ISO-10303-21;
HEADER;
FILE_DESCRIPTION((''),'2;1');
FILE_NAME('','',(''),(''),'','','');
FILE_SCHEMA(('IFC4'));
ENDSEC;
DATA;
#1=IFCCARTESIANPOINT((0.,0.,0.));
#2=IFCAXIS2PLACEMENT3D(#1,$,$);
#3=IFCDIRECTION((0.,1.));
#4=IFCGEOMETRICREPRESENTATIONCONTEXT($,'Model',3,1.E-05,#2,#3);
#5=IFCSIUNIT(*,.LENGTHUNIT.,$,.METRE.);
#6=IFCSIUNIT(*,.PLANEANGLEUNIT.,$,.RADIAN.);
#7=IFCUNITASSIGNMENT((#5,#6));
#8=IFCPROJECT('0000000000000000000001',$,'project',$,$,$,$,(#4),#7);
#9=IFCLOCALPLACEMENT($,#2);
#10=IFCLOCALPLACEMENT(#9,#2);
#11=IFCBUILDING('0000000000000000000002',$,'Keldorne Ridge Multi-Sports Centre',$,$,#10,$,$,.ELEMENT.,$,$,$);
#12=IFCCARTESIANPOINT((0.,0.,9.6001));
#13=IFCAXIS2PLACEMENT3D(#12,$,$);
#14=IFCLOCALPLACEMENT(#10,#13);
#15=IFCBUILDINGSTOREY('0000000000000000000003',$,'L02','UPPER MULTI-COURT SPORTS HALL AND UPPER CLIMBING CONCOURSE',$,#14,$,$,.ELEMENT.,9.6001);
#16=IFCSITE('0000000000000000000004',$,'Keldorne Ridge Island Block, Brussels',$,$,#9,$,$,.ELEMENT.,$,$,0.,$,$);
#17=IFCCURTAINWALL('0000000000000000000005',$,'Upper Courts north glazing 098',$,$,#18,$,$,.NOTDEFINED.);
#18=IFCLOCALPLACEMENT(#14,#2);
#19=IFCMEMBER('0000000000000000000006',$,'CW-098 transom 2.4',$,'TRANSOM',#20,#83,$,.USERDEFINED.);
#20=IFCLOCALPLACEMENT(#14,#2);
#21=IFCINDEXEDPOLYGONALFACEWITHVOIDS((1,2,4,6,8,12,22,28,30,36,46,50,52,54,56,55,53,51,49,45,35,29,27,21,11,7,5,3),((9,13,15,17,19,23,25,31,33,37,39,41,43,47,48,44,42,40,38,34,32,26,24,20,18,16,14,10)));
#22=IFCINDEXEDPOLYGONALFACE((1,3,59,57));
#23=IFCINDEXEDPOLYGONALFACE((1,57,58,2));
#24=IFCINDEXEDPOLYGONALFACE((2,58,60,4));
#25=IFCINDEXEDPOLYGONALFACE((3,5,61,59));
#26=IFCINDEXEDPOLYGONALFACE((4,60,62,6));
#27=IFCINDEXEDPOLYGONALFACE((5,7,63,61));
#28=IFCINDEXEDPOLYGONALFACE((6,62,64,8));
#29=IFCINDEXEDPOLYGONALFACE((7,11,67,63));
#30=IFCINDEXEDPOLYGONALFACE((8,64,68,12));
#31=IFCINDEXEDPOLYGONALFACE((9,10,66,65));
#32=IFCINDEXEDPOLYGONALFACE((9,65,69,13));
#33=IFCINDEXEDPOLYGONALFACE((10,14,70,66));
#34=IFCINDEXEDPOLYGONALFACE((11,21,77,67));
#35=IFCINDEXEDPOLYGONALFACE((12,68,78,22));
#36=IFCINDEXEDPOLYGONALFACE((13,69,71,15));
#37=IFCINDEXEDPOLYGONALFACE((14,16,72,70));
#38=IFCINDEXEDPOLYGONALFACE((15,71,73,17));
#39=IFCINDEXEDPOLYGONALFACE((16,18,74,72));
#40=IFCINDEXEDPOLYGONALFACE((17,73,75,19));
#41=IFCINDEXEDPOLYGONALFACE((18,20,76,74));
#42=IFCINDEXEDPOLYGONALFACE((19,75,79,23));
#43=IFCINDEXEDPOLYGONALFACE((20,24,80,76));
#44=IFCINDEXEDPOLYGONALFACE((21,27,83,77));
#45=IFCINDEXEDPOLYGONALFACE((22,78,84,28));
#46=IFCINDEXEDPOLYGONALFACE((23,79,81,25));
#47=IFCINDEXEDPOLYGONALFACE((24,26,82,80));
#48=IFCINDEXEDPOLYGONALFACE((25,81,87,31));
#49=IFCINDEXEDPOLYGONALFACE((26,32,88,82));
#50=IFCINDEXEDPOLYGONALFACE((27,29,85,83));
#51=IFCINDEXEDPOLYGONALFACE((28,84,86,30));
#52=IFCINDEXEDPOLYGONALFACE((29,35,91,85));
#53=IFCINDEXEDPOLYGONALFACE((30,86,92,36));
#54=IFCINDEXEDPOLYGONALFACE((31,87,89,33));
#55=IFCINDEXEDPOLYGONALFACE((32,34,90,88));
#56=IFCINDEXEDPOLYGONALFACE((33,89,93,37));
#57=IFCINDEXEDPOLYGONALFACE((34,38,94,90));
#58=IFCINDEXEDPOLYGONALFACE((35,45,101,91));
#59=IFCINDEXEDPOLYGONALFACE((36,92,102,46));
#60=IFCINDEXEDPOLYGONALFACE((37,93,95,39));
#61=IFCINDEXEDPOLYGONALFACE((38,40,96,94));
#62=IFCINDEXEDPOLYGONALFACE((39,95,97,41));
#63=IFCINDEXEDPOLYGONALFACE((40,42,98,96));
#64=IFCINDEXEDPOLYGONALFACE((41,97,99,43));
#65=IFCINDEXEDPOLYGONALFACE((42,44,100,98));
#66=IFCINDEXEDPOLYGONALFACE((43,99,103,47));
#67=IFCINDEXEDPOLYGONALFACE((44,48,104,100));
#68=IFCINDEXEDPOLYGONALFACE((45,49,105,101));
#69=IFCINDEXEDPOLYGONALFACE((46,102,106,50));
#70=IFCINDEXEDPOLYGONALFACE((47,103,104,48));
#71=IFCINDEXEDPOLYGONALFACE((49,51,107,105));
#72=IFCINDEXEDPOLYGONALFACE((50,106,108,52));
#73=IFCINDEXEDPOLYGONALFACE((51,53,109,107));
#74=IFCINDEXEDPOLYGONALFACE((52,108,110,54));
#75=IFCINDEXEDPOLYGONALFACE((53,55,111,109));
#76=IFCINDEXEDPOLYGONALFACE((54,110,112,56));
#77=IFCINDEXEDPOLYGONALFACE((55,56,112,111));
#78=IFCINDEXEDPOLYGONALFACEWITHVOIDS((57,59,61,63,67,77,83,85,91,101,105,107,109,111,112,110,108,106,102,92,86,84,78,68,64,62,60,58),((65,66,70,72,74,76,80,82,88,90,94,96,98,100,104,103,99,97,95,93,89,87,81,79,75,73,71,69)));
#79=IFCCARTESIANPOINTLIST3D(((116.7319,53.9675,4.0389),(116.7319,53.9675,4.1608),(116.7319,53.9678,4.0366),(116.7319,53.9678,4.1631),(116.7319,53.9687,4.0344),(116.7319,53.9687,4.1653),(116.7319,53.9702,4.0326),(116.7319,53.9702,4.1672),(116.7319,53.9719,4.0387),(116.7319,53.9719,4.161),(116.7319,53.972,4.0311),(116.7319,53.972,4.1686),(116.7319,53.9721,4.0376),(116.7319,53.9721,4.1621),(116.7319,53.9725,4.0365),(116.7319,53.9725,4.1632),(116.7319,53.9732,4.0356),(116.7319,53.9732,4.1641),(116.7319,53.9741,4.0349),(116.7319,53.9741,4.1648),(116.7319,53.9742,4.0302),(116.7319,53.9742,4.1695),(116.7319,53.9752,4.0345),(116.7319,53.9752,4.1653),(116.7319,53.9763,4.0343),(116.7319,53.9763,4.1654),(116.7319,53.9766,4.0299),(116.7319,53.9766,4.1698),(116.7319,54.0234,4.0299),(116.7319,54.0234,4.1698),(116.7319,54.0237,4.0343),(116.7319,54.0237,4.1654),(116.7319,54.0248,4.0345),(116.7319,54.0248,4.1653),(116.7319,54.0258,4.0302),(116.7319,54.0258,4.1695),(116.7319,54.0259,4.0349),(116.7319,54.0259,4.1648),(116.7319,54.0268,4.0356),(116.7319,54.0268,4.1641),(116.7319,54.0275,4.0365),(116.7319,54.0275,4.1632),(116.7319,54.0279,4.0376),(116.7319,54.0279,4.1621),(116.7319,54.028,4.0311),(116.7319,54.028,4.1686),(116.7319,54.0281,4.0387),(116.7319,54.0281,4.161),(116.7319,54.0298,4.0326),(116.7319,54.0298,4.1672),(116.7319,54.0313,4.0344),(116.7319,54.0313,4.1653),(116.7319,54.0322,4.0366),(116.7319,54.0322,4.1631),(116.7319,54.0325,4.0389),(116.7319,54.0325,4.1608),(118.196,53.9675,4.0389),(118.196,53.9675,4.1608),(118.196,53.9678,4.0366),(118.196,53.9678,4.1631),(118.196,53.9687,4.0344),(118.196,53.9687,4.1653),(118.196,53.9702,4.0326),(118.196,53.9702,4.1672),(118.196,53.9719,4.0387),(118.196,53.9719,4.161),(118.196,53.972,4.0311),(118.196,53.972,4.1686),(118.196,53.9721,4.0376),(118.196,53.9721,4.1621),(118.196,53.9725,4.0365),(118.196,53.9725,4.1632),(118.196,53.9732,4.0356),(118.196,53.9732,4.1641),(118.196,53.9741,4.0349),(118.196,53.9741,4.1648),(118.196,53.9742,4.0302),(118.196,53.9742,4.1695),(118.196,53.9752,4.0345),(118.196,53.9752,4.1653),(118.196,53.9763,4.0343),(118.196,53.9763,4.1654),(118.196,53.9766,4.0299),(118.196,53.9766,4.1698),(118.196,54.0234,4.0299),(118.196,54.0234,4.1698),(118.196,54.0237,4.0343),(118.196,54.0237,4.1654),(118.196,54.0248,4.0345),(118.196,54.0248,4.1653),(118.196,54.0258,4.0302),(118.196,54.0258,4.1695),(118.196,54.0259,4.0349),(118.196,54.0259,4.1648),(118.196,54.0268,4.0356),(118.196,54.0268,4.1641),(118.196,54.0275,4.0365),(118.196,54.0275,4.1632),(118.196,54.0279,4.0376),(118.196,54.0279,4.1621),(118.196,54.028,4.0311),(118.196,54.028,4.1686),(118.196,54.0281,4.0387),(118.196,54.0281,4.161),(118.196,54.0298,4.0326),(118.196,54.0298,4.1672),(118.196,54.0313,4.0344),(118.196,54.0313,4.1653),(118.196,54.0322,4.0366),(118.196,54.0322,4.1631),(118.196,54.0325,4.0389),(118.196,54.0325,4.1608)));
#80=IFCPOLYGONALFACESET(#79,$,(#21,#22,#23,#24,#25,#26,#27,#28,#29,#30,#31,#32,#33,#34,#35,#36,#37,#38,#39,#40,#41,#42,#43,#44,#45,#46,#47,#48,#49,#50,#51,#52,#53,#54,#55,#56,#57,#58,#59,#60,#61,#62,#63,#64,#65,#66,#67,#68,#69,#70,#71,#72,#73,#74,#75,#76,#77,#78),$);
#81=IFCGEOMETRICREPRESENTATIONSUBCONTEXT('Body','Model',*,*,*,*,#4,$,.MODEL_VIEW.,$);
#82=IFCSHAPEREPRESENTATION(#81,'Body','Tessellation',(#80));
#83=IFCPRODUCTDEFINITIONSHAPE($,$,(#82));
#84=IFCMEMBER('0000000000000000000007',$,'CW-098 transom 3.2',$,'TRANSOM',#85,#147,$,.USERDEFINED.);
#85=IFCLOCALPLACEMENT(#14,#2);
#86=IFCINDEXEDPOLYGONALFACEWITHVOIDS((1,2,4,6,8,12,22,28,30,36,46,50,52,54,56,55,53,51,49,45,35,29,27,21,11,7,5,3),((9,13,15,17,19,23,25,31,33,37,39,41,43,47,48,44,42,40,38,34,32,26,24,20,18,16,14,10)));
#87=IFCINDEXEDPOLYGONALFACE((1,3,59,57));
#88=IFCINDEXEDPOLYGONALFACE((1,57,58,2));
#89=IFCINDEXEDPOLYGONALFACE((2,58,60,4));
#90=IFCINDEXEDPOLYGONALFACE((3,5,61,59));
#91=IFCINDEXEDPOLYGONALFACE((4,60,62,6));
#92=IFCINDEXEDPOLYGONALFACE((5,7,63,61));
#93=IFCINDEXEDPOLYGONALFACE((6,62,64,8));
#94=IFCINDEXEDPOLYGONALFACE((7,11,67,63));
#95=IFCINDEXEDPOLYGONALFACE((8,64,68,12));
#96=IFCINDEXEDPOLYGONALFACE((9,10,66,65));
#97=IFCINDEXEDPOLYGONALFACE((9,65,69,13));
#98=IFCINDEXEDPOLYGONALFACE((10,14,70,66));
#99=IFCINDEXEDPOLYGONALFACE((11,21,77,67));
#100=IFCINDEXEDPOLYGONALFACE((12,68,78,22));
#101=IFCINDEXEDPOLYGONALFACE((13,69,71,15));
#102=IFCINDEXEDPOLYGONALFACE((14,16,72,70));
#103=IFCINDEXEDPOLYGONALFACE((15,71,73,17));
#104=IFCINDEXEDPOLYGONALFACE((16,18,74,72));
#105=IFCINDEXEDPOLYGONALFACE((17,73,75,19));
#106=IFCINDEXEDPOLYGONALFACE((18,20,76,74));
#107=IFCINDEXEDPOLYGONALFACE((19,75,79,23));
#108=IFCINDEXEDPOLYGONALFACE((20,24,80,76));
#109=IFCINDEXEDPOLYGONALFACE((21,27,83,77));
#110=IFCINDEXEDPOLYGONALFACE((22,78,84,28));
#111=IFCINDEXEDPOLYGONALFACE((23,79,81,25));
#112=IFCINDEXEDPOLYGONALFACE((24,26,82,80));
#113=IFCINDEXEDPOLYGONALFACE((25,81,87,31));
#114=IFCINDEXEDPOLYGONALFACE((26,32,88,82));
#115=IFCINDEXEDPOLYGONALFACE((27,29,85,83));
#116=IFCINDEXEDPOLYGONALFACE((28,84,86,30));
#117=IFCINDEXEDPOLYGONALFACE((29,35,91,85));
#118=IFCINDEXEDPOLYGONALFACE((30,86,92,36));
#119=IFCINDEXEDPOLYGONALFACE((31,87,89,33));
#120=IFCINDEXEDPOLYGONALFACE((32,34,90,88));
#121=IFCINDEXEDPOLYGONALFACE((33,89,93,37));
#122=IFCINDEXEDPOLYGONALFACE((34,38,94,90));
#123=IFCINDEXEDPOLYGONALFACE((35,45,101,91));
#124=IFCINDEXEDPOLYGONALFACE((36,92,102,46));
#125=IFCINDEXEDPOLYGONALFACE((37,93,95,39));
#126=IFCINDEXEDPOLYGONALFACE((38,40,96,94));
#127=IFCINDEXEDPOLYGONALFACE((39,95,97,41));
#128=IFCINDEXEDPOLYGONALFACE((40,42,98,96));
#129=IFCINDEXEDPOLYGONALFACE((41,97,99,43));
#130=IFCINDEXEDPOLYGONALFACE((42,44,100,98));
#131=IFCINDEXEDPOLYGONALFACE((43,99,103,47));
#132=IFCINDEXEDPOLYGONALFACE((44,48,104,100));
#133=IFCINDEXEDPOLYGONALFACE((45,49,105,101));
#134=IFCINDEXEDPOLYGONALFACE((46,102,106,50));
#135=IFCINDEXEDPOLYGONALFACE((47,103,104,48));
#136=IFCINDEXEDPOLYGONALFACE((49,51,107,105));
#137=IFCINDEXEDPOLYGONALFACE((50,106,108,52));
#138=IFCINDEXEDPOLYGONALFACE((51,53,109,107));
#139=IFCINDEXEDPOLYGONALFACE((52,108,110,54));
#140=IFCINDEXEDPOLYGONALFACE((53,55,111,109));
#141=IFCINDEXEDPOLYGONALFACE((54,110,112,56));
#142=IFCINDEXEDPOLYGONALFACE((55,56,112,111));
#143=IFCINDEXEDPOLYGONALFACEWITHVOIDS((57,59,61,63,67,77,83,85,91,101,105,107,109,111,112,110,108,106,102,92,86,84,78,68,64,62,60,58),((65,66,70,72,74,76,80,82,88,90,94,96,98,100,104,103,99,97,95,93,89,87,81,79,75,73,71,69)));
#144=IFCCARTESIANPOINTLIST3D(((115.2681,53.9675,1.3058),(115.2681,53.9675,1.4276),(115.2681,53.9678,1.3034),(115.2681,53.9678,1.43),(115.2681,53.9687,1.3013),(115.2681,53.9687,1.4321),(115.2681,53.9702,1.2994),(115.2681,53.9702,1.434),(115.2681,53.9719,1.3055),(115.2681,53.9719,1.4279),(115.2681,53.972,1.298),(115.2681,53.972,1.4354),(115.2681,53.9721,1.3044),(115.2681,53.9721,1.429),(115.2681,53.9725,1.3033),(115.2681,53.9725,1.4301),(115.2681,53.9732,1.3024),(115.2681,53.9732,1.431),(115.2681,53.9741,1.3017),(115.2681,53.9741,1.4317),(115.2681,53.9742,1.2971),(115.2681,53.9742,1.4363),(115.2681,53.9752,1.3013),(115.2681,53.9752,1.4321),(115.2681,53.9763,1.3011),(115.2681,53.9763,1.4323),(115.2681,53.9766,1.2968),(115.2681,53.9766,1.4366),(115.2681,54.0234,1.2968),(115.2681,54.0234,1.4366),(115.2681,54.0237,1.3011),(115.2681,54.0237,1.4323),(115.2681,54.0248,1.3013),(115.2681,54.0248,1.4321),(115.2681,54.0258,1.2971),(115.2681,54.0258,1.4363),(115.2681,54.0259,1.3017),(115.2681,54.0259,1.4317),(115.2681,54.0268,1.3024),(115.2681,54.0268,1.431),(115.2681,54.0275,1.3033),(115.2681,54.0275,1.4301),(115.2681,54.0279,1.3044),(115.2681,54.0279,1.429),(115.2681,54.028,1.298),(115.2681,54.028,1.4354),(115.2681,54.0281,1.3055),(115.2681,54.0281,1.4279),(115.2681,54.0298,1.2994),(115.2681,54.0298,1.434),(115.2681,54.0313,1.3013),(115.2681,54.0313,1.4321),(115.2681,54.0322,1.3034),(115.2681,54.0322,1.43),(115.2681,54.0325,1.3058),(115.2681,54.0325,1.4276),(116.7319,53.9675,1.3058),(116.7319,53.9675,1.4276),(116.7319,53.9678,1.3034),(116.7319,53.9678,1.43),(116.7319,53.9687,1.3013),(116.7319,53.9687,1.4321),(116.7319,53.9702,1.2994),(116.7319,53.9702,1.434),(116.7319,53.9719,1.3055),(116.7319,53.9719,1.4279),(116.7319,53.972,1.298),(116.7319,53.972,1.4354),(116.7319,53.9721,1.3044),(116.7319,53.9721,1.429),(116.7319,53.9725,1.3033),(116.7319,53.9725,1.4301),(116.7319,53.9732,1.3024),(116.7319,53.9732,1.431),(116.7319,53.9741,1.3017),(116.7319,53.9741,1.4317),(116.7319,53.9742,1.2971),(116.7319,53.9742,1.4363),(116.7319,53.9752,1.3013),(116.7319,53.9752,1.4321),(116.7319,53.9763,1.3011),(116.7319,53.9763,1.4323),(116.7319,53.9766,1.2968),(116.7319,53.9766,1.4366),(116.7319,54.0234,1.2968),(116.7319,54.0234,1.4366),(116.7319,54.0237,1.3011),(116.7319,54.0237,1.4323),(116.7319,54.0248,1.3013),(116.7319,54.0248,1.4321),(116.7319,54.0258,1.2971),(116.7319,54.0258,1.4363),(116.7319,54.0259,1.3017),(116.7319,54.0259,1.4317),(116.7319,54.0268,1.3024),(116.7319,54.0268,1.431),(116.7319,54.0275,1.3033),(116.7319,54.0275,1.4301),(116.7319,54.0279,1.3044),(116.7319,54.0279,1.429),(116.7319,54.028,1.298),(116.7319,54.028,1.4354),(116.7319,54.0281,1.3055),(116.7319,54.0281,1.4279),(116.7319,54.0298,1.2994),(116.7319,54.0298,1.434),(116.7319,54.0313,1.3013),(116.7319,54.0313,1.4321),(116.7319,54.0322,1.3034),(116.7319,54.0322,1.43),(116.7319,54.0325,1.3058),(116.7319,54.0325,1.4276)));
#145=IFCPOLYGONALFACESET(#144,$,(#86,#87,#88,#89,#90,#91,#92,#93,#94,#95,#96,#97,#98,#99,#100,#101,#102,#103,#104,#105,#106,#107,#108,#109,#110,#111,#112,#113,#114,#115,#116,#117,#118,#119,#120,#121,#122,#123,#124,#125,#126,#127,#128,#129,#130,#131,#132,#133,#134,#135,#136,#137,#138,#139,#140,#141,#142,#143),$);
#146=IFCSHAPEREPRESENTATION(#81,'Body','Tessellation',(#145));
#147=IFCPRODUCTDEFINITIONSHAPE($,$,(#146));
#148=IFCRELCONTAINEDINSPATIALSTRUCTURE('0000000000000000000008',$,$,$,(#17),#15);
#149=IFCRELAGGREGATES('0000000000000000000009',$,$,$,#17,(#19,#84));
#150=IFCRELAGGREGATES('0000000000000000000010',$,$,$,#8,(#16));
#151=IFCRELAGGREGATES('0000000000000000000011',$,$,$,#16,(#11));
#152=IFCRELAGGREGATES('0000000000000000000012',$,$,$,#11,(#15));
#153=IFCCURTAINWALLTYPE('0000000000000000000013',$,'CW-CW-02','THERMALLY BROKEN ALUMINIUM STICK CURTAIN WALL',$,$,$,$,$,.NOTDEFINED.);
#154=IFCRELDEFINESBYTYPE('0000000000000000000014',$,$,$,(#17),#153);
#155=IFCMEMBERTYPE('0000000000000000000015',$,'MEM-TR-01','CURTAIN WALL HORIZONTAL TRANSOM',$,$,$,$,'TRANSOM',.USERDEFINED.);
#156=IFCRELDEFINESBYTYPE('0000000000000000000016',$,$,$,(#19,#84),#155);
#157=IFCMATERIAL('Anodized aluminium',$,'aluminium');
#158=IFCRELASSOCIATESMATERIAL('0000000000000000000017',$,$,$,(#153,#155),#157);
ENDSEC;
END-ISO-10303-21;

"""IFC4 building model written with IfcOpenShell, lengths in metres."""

from ifc_helpers import new_model, si_unit, direction, frame, origin, origin_2d, place, context, subcontext, project, spatial, hollow_rectangle, extrude, material, material_profile, profile_set, type_object, element, aggregate, save


model = new_model("IFC4")

# Units and contexts
model_context = context("Model", 3, precision=1e-05, world=origin(), true_north=direction((0.0, 1.0)))
body_context = subcontext(model_context, "Body", "Model", "MODEL_VIEW")
ifc_project = project(units=[si_unit("LENGTHUNIT", "METRE"), si_unit("PLANEANGLEUNIT", "RADIAN")], contexts=[model_context])

# Site, building, storey
site_placement = place(None, origin())
site = spatial("IfcSite", under=ifc_project, at=site_placement, Name="Keldorne Ridge Island Block, Brussels", CompositionType="ELEMENT", RefElevation=0.0)
building_placement = place(site_placement, origin())
building = spatial("IfcBuilding", under=site, at=building_placement, Name="Keldorne Ridge Multi-Sports Centre", CompositionType="ELEMENT")
storey_placement = place(building_placement, frame((0.0, 0.0, 9.6001)))
storey = spatial("IfcBuildingStorey", under=building, at=storey_placement, Name="L02", Description="UPPER MULTI-COURT SPORTS HALL AND UPPER CLIMBING CONCOURSE", CompositionType="ELEMENT", Elevation=9.6001)

# Curtain wall
ifc_material_1 = material(Name="Anodized aluminium", Category="aluminium")
curtain_wall_type_1 = type_object("IfcCurtainWallType", Name="CW-CW-02", Description="THERMALLY BROKEN ALUMINIUM STICK CURTAIN WALL", PredefinedType="NOTDEFINED", material=ifc_material_1)
curtain_wall_1_placement = place(storey_placement, origin())
curtain_wall_1 = element("IfcCurtainWall", 1, at=curtain_wall_1_placement, inside=storey, type_object=curtain_wall_type_1, Name="Upper Courts north glazing 098", PredefinedType="NOTDEFINED")

# Members
ifc_material_profile_1 = material_profile(ifc_material_1, hollow_rectangle(XDim=0.0649, YDim=0.1399, WallThickness=0.0044, InnerFilletRadius=0.0044, OuterFilletRadius=0.009, at=origin_2d()), Name="ALU TRANSOM 140x65x4.5")
ifc_profile_set_1 = profile_set([ifc_material_profile_1], Name="Anodized aluminium")
member_type_1 = type_object("IfcMemberType", Name="MEM-TR-01", Description="CURTAIN WALL HORIZONTAL TRANSOM", ElementType="TRANSOM", PredefinedType="USERDEFINED", material=ifc_profile_set_1)
member_1_placement = place(storey_placement, frame((118.196, 54.0, 4.0999), z_axis=(-1.0, 0.0, 0.0), x_axis=(0.0, -1.0, 0.0)))
member_1 = element("IfcMember", 2, at=member_1_placement, type_object=member_type_1, Name="CW-098 transom 2.4", ObjectType="TRANSOM", PredefinedType="USERDEFINED", context=body_context, shape_type="SweptSolid", body=[
    extrude(hollow_rectangle(XDim=0.0649, YDim=0.1399, WallThickness=0.0044, InnerFilletRadius=0.0044, OuterFilletRadius=0.009, at=origin_2d()), origin(), (0.0, 0.0, 1.0), 1.4641),
])
member_2_placement = place(storey_placement, frame((116.7319, 54.0, 1.3667), z_axis=(-1.0, 0.0, 0.0), x_axis=(0.0, -1.0, 0.0)))
member_2 = element("IfcMember", 3, at=member_2_placement, type_object=member_type_1, Name="CW-098 transom 3.2", ObjectType="TRANSOM", PredefinedType="USERDEFINED", context=body_context, shape_type="SweptSolid", body=[
    extrude(hollow_rectangle(XDim=0.0649, YDim=0.1399, WallThickness=0.0044, InnerFilletRadius=0.0044, OuterFilletRadius=0.009, at=origin_2d()), origin(), (0.0, 0.0, 1.0), 1.4639),
])

aggregate(curtain_wall_1, [member_1, member_2])

save(model, "model.ifc")
